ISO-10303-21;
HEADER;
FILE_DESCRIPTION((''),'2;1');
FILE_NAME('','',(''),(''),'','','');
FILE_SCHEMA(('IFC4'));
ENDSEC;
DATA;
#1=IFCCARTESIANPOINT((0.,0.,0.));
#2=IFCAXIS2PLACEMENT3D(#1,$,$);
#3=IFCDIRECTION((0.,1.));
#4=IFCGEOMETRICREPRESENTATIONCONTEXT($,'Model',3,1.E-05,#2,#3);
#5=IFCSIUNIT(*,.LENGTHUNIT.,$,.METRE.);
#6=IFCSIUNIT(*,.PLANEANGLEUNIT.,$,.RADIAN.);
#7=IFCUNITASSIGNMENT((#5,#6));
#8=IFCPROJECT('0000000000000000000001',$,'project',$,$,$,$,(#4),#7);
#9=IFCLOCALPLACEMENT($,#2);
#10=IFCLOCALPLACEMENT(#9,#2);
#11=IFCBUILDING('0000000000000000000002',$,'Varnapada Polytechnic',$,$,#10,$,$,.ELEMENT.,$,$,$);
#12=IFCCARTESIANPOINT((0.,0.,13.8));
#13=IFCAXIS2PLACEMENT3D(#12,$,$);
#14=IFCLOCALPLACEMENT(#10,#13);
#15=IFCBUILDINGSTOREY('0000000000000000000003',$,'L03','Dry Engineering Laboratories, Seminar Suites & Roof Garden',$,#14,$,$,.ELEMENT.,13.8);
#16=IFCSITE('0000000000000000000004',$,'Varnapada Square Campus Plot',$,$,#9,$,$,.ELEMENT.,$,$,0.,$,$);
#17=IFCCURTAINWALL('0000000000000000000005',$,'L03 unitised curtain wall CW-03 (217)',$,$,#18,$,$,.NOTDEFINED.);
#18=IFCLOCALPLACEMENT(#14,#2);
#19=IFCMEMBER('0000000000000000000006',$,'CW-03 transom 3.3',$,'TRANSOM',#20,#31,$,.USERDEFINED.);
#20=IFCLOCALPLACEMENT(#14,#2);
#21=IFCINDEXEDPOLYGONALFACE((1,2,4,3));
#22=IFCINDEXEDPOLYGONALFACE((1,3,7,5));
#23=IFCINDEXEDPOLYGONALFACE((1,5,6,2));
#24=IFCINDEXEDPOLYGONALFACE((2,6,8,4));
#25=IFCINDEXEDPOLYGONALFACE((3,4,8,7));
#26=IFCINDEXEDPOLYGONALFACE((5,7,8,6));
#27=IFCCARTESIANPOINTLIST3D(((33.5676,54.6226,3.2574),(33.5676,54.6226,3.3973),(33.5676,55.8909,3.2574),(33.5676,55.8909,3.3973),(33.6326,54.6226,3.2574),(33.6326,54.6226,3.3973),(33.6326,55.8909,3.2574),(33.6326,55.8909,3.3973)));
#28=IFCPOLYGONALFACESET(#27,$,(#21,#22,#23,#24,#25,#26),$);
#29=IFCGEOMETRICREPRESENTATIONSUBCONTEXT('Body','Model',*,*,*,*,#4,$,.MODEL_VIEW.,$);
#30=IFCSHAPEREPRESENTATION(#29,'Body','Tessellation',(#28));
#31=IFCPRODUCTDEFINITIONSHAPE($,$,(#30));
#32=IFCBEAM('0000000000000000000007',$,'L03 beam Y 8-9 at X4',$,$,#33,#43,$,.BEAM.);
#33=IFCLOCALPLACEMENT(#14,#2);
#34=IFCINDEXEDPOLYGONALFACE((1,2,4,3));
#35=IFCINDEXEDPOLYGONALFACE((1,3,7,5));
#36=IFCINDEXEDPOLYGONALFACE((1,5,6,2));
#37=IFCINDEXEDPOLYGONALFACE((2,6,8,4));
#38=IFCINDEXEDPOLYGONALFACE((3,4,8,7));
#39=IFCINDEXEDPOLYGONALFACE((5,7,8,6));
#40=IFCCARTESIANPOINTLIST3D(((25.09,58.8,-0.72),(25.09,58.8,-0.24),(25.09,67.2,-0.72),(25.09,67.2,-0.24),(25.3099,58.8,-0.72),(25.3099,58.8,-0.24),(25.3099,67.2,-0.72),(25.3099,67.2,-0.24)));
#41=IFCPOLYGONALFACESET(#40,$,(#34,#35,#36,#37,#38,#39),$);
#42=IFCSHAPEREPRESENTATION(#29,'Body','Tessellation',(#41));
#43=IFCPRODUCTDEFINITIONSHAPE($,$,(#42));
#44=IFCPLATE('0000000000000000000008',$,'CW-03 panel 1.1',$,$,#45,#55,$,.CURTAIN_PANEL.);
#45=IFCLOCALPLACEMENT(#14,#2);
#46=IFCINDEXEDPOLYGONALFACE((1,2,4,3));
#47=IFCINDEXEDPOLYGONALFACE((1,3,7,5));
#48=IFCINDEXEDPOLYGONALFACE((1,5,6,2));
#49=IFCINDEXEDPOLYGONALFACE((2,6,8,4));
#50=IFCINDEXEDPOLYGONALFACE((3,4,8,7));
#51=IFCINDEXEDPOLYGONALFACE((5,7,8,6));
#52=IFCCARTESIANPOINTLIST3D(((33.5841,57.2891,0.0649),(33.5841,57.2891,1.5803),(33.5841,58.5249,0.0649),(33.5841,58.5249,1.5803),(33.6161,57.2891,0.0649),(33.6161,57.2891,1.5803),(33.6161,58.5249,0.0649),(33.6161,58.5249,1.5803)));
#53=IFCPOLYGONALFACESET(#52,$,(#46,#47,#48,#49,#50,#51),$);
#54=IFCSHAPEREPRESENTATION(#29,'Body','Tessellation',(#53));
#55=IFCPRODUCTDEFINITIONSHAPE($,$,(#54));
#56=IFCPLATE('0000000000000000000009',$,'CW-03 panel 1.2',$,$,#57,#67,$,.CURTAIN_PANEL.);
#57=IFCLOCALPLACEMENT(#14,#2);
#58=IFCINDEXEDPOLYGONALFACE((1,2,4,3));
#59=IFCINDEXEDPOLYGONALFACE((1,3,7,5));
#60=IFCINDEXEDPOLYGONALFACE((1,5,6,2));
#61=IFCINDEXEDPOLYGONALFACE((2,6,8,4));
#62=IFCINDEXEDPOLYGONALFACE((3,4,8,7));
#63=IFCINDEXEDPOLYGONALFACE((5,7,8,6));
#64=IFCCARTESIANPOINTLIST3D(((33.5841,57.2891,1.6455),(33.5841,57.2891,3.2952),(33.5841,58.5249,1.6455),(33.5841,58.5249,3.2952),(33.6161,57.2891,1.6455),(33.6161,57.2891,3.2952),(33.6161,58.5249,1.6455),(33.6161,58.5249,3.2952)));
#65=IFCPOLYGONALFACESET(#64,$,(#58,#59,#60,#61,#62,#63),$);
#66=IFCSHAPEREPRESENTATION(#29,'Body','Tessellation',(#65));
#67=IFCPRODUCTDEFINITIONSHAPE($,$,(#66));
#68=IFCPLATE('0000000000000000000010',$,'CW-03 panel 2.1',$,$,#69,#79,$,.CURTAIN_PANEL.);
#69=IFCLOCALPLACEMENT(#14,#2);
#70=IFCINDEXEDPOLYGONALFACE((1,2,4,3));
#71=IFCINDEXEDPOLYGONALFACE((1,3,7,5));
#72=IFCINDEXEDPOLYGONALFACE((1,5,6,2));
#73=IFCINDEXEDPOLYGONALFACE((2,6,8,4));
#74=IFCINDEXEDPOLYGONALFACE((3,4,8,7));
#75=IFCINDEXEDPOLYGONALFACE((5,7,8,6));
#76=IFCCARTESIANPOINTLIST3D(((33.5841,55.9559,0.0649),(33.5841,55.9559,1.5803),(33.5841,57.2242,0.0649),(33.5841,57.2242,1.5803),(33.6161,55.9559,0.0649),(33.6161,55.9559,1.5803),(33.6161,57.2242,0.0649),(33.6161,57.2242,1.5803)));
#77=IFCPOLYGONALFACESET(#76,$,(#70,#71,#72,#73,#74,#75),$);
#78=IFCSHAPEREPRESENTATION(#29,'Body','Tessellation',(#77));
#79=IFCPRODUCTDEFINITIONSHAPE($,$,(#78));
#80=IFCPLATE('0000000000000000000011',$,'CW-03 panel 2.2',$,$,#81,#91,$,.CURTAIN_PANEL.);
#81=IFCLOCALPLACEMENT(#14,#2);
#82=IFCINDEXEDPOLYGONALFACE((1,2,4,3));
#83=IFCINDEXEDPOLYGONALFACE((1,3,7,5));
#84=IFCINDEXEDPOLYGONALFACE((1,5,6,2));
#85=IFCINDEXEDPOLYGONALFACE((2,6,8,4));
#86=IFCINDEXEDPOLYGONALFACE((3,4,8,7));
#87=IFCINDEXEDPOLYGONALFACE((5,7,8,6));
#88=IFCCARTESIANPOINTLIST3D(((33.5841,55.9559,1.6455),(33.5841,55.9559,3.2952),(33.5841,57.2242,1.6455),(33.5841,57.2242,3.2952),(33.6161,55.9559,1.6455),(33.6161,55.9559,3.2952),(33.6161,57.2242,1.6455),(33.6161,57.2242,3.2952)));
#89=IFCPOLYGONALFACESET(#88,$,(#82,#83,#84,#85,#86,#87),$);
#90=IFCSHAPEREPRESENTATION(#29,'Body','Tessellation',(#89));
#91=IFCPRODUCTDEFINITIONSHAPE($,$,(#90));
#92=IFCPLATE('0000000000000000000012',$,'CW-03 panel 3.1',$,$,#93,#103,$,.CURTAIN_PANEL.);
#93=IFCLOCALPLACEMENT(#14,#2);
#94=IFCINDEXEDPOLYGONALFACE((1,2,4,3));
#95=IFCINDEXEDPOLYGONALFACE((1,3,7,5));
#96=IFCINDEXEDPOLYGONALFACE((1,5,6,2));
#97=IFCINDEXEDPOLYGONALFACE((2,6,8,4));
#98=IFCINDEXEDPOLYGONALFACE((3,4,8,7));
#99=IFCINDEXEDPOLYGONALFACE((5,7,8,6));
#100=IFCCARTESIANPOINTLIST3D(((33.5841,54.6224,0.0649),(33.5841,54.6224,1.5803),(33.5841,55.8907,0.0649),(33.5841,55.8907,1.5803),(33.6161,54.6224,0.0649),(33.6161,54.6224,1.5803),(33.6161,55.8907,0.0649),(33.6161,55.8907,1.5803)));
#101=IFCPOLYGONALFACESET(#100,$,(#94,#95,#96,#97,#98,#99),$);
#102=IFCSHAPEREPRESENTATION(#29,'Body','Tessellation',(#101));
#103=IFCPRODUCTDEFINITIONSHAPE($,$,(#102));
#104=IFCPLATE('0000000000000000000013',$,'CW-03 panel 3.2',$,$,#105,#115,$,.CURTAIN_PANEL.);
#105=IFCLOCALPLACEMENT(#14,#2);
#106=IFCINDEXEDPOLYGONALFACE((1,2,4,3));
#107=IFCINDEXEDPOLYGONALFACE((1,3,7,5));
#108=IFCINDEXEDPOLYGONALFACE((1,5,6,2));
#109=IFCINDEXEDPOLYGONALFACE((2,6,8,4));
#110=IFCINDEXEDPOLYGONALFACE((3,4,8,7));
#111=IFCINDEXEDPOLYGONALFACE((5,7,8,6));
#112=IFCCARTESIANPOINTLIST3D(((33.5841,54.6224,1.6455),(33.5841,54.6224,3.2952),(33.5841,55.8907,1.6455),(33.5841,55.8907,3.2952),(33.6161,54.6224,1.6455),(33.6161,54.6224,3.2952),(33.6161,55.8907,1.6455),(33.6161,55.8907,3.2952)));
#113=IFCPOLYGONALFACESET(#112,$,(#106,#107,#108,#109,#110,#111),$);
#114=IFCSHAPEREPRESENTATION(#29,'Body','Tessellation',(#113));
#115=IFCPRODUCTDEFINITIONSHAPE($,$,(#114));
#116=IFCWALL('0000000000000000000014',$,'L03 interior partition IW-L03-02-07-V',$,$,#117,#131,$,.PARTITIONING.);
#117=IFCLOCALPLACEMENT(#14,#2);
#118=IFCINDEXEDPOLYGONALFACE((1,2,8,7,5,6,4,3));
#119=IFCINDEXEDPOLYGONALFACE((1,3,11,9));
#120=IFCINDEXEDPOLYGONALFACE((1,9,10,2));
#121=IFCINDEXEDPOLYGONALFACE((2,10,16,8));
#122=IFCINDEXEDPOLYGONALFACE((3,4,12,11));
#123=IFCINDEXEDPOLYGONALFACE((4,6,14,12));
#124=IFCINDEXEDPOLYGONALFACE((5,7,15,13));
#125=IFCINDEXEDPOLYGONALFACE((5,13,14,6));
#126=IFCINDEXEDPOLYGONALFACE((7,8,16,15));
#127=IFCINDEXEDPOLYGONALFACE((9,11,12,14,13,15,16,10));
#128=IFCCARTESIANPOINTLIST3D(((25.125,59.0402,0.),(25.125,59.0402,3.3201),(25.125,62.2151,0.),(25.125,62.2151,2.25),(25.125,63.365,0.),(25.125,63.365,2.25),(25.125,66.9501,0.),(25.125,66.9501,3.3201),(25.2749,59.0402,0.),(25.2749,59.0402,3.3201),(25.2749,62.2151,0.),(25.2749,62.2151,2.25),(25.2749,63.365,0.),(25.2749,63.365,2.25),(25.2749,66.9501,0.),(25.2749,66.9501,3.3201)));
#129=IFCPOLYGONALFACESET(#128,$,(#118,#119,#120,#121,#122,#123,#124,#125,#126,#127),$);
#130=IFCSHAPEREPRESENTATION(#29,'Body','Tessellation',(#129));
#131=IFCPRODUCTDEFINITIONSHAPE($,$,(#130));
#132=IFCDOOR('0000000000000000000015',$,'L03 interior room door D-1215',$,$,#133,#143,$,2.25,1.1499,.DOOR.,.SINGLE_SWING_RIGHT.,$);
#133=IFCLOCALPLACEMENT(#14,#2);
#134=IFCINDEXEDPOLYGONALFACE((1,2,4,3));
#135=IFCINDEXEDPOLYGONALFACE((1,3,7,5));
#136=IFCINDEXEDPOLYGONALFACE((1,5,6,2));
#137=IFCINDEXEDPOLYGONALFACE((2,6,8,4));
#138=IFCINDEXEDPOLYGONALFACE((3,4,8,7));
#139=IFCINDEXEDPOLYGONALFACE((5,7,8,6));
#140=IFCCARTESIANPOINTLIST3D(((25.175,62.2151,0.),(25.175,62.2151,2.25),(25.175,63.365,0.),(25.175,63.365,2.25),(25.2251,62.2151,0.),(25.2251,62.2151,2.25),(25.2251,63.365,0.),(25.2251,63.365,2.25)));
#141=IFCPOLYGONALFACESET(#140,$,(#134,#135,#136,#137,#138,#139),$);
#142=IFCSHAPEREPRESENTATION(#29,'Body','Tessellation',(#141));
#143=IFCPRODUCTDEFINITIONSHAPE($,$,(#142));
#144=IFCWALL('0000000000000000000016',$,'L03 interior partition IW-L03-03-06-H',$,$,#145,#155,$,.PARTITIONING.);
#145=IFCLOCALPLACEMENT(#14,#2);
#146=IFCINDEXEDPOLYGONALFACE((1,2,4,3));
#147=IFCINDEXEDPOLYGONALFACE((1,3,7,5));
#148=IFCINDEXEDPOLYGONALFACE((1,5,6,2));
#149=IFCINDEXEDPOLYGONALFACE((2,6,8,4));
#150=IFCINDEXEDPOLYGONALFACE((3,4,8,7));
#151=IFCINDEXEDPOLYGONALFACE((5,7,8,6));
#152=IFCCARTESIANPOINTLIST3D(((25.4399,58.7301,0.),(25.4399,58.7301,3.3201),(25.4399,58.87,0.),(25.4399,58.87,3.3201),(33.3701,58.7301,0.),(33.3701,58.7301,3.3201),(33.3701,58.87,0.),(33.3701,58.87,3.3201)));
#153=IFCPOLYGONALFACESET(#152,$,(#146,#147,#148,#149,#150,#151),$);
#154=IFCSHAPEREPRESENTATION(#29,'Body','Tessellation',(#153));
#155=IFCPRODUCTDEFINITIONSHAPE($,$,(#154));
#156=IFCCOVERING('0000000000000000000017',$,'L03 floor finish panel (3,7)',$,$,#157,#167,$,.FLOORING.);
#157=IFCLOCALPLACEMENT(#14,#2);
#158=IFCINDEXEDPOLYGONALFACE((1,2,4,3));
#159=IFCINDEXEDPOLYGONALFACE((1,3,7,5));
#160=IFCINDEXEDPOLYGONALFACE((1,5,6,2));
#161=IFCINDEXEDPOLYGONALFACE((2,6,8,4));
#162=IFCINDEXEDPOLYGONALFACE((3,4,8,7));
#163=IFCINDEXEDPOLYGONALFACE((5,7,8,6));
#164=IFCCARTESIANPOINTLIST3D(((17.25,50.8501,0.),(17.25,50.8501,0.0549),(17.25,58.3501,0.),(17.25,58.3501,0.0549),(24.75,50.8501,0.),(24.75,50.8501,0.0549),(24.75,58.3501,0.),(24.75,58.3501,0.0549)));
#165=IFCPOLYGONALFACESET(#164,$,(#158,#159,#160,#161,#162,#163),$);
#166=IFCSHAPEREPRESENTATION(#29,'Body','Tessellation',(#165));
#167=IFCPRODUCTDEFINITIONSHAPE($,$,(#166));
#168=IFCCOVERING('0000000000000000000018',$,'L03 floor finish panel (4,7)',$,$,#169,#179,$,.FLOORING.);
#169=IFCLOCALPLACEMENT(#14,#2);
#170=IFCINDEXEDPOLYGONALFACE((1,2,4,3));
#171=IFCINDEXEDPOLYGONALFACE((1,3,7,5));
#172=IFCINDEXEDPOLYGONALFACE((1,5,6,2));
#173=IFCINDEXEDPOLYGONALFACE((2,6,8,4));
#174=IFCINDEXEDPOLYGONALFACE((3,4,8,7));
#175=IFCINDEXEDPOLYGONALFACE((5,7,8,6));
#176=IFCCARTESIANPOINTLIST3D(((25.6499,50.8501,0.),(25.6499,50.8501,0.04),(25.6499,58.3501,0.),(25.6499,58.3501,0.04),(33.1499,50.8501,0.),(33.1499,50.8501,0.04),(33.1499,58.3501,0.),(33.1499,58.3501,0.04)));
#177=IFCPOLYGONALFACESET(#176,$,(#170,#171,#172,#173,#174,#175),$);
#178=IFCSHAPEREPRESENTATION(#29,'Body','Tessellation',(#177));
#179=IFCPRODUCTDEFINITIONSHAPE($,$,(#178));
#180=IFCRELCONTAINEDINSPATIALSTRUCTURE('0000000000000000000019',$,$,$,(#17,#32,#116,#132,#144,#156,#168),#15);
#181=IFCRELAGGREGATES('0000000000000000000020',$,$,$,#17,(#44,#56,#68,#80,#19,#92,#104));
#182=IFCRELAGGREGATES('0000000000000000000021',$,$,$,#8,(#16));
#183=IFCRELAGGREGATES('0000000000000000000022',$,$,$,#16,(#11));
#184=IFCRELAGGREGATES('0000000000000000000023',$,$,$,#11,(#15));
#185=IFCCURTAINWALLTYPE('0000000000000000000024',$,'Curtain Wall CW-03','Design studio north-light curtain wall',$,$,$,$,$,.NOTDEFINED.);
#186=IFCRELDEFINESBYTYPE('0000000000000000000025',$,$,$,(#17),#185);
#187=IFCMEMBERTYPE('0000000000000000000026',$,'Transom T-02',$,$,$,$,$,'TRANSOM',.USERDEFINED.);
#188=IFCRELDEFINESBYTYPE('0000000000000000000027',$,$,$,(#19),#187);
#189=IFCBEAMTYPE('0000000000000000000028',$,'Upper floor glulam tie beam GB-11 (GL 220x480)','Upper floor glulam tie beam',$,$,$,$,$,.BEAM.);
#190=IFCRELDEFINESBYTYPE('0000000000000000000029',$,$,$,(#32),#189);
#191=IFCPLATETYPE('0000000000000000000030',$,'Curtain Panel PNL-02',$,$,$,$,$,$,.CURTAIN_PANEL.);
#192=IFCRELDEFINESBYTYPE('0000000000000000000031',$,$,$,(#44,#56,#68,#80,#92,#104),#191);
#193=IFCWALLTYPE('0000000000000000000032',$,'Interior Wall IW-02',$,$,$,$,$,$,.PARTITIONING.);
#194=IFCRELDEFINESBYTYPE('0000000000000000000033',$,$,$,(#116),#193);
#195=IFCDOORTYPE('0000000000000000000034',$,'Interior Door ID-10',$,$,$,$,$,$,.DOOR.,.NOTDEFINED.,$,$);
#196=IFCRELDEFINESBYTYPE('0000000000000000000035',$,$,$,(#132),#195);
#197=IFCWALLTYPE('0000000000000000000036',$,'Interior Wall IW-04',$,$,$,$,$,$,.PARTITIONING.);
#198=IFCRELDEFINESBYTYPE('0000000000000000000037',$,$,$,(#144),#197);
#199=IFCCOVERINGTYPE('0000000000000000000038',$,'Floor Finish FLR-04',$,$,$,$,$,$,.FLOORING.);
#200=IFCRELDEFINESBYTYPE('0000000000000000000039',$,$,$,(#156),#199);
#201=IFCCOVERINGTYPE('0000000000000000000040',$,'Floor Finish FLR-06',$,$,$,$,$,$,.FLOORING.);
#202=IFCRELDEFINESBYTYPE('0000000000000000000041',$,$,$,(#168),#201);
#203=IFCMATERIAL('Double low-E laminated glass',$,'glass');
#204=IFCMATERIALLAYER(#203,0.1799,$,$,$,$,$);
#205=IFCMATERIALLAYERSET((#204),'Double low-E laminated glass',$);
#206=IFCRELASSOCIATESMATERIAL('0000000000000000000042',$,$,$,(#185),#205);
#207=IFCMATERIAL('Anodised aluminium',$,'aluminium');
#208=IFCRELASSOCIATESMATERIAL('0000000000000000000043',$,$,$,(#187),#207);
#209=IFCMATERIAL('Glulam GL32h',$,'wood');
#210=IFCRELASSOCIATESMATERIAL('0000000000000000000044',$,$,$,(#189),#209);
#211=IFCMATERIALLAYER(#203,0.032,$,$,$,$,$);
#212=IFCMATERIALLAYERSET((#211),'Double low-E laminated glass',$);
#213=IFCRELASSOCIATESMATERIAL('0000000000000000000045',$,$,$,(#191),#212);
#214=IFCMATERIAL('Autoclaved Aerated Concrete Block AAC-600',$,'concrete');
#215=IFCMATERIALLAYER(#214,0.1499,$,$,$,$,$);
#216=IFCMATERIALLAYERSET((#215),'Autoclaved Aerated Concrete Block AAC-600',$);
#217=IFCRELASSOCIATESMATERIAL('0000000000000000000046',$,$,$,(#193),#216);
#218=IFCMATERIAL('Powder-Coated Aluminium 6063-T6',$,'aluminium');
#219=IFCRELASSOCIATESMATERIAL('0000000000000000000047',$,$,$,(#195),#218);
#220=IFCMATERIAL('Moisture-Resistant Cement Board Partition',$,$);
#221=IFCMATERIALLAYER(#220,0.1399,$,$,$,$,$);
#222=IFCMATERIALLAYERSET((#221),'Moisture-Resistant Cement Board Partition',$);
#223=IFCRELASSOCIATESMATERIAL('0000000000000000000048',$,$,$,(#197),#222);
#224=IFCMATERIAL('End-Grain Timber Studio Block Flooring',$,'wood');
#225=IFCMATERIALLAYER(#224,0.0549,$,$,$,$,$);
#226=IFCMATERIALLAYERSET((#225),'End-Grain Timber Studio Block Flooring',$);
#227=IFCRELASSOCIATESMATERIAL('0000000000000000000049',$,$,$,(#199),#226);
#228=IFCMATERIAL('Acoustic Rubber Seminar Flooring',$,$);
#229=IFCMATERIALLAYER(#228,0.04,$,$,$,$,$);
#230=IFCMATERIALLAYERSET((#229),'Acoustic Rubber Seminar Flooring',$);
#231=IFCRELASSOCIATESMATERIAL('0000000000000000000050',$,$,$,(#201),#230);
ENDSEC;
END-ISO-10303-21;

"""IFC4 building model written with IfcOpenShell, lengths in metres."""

from ifc_helpers import new_model, si_unit, direction, frame, frame_2d, origin, origin_2d, place, context, subcontext, project, spatial, rectangle, extrude, material, layer, layer_set, material_profile, profile_set, type_object, element, fill, aggregate, save


model = new_model("IFC4")

# Units and contexts
model_context = context("Model", 3, precision=1e-05, world=origin(), true_north=direction((0.0, 1.0)))
body_context = subcontext(model_context, "Body", "Model", "MODEL_VIEW")
ifc_project = project(units=[si_unit("LENGTHUNIT", "METRE"), si_unit("PLANEANGLEUNIT", "RADIAN")], contexts=[model_context])

# Site, building, storey
site_placement = place(None, origin())
site = spatial("IfcSite", under=ifc_project, at=site_placement, Name="Varnapada Square Campus Plot", CompositionType="ELEMENT", RefElevation=0.0)
building_placement = place(site_placement, origin())
building = spatial("IfcBuilding", under=site, at=building_placement, Name="Varnapada Polytechnic", CompositionType="ELEMENT")
storey_placement = place(building_placement, frame((0.0, 0.0, 13.8)))
storey = spatial("IfcBuildingStorey", under=building, at=storey_placement, Name="L03", Description="Dry Engineering Laboratories, Seminar Suites & Roof Garden", CompositionType="ELEMENT", Elevation=13.8)

# Shared definitions
ifc_material_1 = material(Name="Glulam GL32h", Category="wood")

# Curtain wall
ifc_material_2 = material(Name="Double low-E laminated glass", Category="glass")
ifc_layer_1 = layer(ifc_material_2, 0.1799)
ifc_layer_set_1 = layer_set([ifc_layer_1], Name="Double low-E laminated glass")
curtain_wall_type = type_object("IfcCurtainWallType", Name="Curtain Wall CW-03", Description="Design studio north-light curtain wall", PredefinedType="NOTDEFINED", material=ifc_layer_set_1)
curtain_wall_placement = place(storey_placement, origin())
curtain_wall = element("IfcCurtainWall", 1, at=curtain_wall_placement, inside=storey, type_object=curtain_wall_type, Name="L03 unitised curtain wall CW-03 (217)", PredefinedType="NOTDEFINED")
ifc_material_3 = material(Name="Anodised aluminium", Category="aluminium")

# Member
ifc_material_profile_1 = material_profile(ifc_material_3, rectangle(XDim=0.0649, YDim=0.1399, at=origin_2d()), Name="ALU T65x140")
ifc_profile_set_1 = profile_set([ifc_material_profile_1], Name="Anodised aluminium")
member_type_1 = type_object("IfcMemberType", Name="Transom T-02", ElementType="TRANSOM", PredefinedType="USERDEFINED", material=ifc_profile_set_1)
member_1_placement = place(storey_placement, frame((33.6001, 55.8909, 3.3274), z_axis=(0.0, -1.0, 0.0), x_axis=(1.0, 0.0, 0.0)))
member_1 = element("IfcMember", 2, at=member_1_placement, type_object=member_type_1, Name="CW-03 transom 3.3", ObjectType="TRANSOM", PredefinedType="USERDEFINED", context=body_context, shape_type="SweptSolid", body=[
    extrude(rectangle(XDim=0.0649, YDim=0.1399, at=origin_2d()), origin(), (0.0, 0.0, 1.0), 1.2683),
])

# Beam
ifc_material_profile_2 = material_profile(ifc_material_1, rectangle(XDim=0.22, YDim=0.48, at=origin_2d()), Name="GL 220x480")
ifc_profile_set_2 = profile_set([ifc_material_profile_2], Name="Glulam GL32h")
beam_type_1 = type_object("IfcBeamType", Name="Upper floor glulam tie beam GB-11 (GL 220x480)", Description="Upper floor glulam tie beam", PredefinedType="BEAM", material=ifc_profile_set_2)
beam_1_placement = place(storey_placement, frame((25.2, 58.8, -0.48), z_axis=(0.0, 1.0, 0.0), x_axis=(-1.0, 0.0, 0.0)))
element("IfcBeam", 3, at=beam_1_placement, inside=storey, type_object=beam_type_1, Name="L03 beam Y 8-9 at X4", PredefinedType="BEAM", context=body_context, shape_type="SweptSolid", body=[
    extrude(rectangle(XDim=0.22, YDim=0.48, at=origin_2d()), origin(), (0.0, 0.0, 1.0), 8.3999),
])

# Plates
ifc_layer_2 = layer(ifc_material_2, 0.032)
ifc_layer_set_2 = layer_set([ifc_layer_2], Name="Double low-E laminated glass")
plate_type = type_object("IfcPlateType", Name="Curtain Panel PNL-02", PredefinedType="CURTAIN_PANEL", material=ifc_layer_set_2)
plate_1_placement = place(storey_placement, frame((33.6001, 57.907, 0.0649), z_axis=(0.0, 0.0, 1.0), x_axis=(0.0, -1.0, 0.0)))
plate_1 = element("IfcPlate", 4, at=plate_1_placement, type_object=plate_type, Name="CW-03 panel 1.1", PredefinedType="CURTAIN_PANEL", context=body_context, shape_type="SweptSolid", body=[
    extrude(rectangle(XDim=1.2358, YDim=0.032, at=origin_2d()), origin(), (0.0, 0.0, 1.0), 1.5154),
])
plate_2_placement = place(storey_placement, frame((33.6001, 57.907, 1.6455), z_axis=(0.0, 0.0, 1.0), x_axis=(0.0, -1.0, 0.0)))
plate_2 = element("IfcPlate", 5, at=plate_2_placement, type_object=plate_type, Name="CW-03 panel 1.2", PredefinedType="CURTAIN_PANEL", context=body_context, shape_type="SweptSolid", body=[
    extrude(rectangle(XDim=1.2358, YDim=0.032, at=origin_2d()), origin(), (0.0, 0.0, 1.0), 1.6497),
])
plate_3_placement = place(storey_placement, frame((33.6001, 56.5901, 0.0649), z_axis=(0.0, 0.0, 1.0), x_axis=(0.0, -1.0, 0.0)))
plate_3 = element("IfcPlate", 6, at=plate_3_placement, type_object=plate_type, Name="CW-03 panel 2.1", PredefinedType="CURTAIN_PANEL", context=body_context, shape_type="SweptSolid", body=[
    extrude(rectangle(XDim=1.2683, YDim=0.032, at=origin_2d()), origin(), (0.0, 0.0, 1.0), 1.5154),
])
plate_4_placement = place(storey_placement, frame((33.6001, 56.5901, 1.6455), z_axis=(0.0, 0.0, 1.0), x_axis=(0.0, -1.0, 0.0)))
plate_4 = element("IfcPlate", 7, at=plate_4_placement, type_object=plate_type, Name="CW-03 panel 2.2", PredefinedType="CURTAIN_PANEL", context=body_context, shape_type="SweptSolid", body=[
    extrude(rectangle(XDim=1.2683, YDim=0.032, at=origin_2d()), origin(), (0.0, 0.0, 1.0), 1.6497),
])
plate_5_placement = place(storey_placement, frame((33.6001, 55.2566, 0.0649), z_axis=(0.0, 0.0, 1.0), x_axis=(0.0, -1.0, 0.0)))
plate_5 = element("IfcPlate", 8, at=plate_5_placement, type_object=plate_type, Name="CW-03 panel 3.1", PredefinedType="CURTAIN_PANEL", context=body_context, shape_type="SweptSolid", body=[
    extrude(rectangle(XDim=1.2683, YDim=0.032, at=origin_2d()), origin(), (0.0, 0.0, 1.0), 1.5154),
])
plate_6_placement = place(storey_placement, frame((33.6001, 55.2566, 1.6455), z_axis=(0.0, 0.0, 1.0), x_axis=(0.0, -1.0, 0.0)))
plate_6 = element("IfcPlate", 9, at=plate_6_placement, type_object=plate_type, Name="CW-03 panel 3.2", PredefinedType="CURTAIN_PANEL", context=body_context, shape_type="SweptSolid", body=[
    extrude(rectangle(XDim=1.2683, YDim=0.032, at=origin_2d()), origin(), (0.0, 0.0, 1.0), 1.6497),
])
aggregate(curtain_wall, [plate_1, plate_2, plate_3, plate_4, member_1, plate_5, plate_6])

# Wall, opening, door
ifc_material_4 = material(Name="Autoclaved Aerated Concrete Block AAC-600", Category="concrete")
ifc_layer_3 = layer(ifc_material_4, 0.1499)
ifc_layer_set_3 = layer_set([ifc_layer_3], Name="Autoclaved Aerated Concrete Block AAC-600")
wall_type_1 = type_object("IfcWallType", Name="Interior Wall IW-02", PredefinedType="PARTITIONING", material=ifc_layer_set_3)
wall_1_placement = place(storey_placement, frame((25.2, 59.04, 0.0), z_axis=(0.0, 0.0, 1.0), x_axis=(0.0, 1.0, 0.0)))
wall_1 = element("IfcWall", 10, at=wall_1_placement, inside=storey, type_object=wall_type_1, Name="L03 interior partition IW-L03-02-07-V", PredefinedType="PARTITIONING", context=body_context, shape_type="SweptSolid", body=[
    extrude(rectangle(XDim=7.9099, YDim=0.1499, at=frame_2d((3.9551, 0.0))), origin(), (0.0, 0.0, 1.0), 3.3201),
])
opening_placement = place(wall_1_placement, frame((3.175, 0.0, 0.0)))
opening = element("IfcOpeningElement", 11, at=opening_placement, cuts=wall_1, PredefinedType="OPENING", context=body_context, shape_type="SweptSolid", body=[
    extrude(rectangle(XDim=1.1499, YDim=2.25, at=frame_2d((0.575, 1.125))), frame((0.0, 0.085, 0.0), z_axis=(0.0, -1.0, 0.0), x_axis=(1.0, 0.0, 0.0)), (0.0, 0.0, 1.0), 0.1699),
])
ifc_material_5 = material(Name="Powder-Coated Aluminium 6063-T6", Category="aluminium")
door_type = type_object("IfcDoorType", Name="Interior Door ID-10", OperationType="NOTDEFINED", PredefinedType="DOOR", material=ifc_material_5)
door_placement = place(opening_placement, origin())
door = element("IfcDoor", 12, at=door_placement, inside=storey, type_object=door_type, Name="L03 interior room door D-1215", OperationType="SINGLE_SWING_RIGHT", OverallHeight=2.25, OverallWidth=1.1499, PredefinedType="DOOR", context=body_context, shape_type="SweptSolid", body=[
    extrude(rectangle(XDim=1.1499, YDim=2.25, at=frame_2d((0.575, 1.125))), frame((0.0, 0.0249, 0.0), z_axis=(0.0, -1.0, 0.0), x_axis=(1.0, 0.0, 0.0)), (0.0, 0.0, 1.0), 0.05),
])
fill(opening, door)

# Wall
ifc_material_6 = material(Name="Moisture-Resistant Cement Board Partition")
ifc_layer_4 = layer(ifc_material_6, 0.1399)
ifc_layer_set_4 = layer_set([ifc_layer_4], Name="Moisture-Resistant Cement Board Partition")
wall_type_2 = type_object("IfcWallType", Name="Interior Wall IW-04", PredefinedType="PARTITIONING", material=ifc_layer_set_4)
wall_2_placement = place(storey_placement, frame((25.4399, 58.8, 0.0), z_axis=(0.0, 0.0, 1.0), x_axis=(1.0, 0.0, 0.0)))
element("IfcWall", 13, at=wall_2_placement, inside=storey, type_object=wall_type_2, Name="L03 interior partition IW-L03-03-06-H", PredefinedType="PARTITIONING", context=body_context, shape_type="SweptSolid", body=[
    extrude(rectangle(XDim=7.9302, YDim=0.1399, at=frame_2d((3.9651, 0.0))), origin(), (0.0, 0.0, 1.0), 3.3201),
])

# Coverings
ifc_material_7 = material(Name="End-Grain Timber Studio Block Flooring", Category="wood")
ifc_layer_5 = layer(ifc_material_7, 0.0549)
ifc_layer_set_5 = layer_set([ifc_layer_5], Name="End-Grain Timber Studio Block Flooring")
covering_type_1 = type_object("IfcCoveringType", Name="Floor Finish FLR-04", PredefinedType="FLOORING", material=ifc_layer_set_5)
covering_1_placement = place(storey_placement, frame((21.0, 54.6001, 0.0), z_axis=(0.0, 0.0, 1.0), x_axis=(1.0, 0.0, 0.0)))
element("IfcCovering", 14, at=covering_1_placement, inside=storey, type_object=covering_type_1, Name="L03 floor finish panel (3,7)", PredefinedType="FLOORING", context=body_context, shape_type="SweptSolid", body=[
    extrude(rectangle(XDim=7.5, YDim=7.5, at=origin_2d()), origin(), (0.0, 0.0, 1.0), 0.0549),
])
ifc_material_8 = material(Name="Acoustic Rubber Seminar Flooring")
ifc_layer_6 = layer(ifc_material_8, 0.04)
ifc_layer_set_6 = layer_set([ifc_layer_6], Name="Acoustic Rubber Seminar Flooring")
covering_type_2 = type_object("IfcCoveringType", Name="Floor Finish FLR-06", PredefinedType="FLOORING", material=ifc_layer_set_6)
covering_2_placement = place(storey_placement, frame((29.3999, 54.6001, 0.0), z_axis=(0.0, 0.0, 1.0), x_axis=(1.0, 0.0, 0.0)))
element("IfcCovering", 15, at=covering_2_placement, inside=storey, type_object=covering_type_2, Name="L03 floor finish panel (4,7)", PredefinedType="FLOORING", context=body_context, shape_type="SweptSolid", body=[
    extrude(rectangle(XDim=7.5, YDim=7.5, at=origin_2d()), origin(), (0.0, 0.0, 1.0), 0.04),
])

save(model, "model.ifc")
